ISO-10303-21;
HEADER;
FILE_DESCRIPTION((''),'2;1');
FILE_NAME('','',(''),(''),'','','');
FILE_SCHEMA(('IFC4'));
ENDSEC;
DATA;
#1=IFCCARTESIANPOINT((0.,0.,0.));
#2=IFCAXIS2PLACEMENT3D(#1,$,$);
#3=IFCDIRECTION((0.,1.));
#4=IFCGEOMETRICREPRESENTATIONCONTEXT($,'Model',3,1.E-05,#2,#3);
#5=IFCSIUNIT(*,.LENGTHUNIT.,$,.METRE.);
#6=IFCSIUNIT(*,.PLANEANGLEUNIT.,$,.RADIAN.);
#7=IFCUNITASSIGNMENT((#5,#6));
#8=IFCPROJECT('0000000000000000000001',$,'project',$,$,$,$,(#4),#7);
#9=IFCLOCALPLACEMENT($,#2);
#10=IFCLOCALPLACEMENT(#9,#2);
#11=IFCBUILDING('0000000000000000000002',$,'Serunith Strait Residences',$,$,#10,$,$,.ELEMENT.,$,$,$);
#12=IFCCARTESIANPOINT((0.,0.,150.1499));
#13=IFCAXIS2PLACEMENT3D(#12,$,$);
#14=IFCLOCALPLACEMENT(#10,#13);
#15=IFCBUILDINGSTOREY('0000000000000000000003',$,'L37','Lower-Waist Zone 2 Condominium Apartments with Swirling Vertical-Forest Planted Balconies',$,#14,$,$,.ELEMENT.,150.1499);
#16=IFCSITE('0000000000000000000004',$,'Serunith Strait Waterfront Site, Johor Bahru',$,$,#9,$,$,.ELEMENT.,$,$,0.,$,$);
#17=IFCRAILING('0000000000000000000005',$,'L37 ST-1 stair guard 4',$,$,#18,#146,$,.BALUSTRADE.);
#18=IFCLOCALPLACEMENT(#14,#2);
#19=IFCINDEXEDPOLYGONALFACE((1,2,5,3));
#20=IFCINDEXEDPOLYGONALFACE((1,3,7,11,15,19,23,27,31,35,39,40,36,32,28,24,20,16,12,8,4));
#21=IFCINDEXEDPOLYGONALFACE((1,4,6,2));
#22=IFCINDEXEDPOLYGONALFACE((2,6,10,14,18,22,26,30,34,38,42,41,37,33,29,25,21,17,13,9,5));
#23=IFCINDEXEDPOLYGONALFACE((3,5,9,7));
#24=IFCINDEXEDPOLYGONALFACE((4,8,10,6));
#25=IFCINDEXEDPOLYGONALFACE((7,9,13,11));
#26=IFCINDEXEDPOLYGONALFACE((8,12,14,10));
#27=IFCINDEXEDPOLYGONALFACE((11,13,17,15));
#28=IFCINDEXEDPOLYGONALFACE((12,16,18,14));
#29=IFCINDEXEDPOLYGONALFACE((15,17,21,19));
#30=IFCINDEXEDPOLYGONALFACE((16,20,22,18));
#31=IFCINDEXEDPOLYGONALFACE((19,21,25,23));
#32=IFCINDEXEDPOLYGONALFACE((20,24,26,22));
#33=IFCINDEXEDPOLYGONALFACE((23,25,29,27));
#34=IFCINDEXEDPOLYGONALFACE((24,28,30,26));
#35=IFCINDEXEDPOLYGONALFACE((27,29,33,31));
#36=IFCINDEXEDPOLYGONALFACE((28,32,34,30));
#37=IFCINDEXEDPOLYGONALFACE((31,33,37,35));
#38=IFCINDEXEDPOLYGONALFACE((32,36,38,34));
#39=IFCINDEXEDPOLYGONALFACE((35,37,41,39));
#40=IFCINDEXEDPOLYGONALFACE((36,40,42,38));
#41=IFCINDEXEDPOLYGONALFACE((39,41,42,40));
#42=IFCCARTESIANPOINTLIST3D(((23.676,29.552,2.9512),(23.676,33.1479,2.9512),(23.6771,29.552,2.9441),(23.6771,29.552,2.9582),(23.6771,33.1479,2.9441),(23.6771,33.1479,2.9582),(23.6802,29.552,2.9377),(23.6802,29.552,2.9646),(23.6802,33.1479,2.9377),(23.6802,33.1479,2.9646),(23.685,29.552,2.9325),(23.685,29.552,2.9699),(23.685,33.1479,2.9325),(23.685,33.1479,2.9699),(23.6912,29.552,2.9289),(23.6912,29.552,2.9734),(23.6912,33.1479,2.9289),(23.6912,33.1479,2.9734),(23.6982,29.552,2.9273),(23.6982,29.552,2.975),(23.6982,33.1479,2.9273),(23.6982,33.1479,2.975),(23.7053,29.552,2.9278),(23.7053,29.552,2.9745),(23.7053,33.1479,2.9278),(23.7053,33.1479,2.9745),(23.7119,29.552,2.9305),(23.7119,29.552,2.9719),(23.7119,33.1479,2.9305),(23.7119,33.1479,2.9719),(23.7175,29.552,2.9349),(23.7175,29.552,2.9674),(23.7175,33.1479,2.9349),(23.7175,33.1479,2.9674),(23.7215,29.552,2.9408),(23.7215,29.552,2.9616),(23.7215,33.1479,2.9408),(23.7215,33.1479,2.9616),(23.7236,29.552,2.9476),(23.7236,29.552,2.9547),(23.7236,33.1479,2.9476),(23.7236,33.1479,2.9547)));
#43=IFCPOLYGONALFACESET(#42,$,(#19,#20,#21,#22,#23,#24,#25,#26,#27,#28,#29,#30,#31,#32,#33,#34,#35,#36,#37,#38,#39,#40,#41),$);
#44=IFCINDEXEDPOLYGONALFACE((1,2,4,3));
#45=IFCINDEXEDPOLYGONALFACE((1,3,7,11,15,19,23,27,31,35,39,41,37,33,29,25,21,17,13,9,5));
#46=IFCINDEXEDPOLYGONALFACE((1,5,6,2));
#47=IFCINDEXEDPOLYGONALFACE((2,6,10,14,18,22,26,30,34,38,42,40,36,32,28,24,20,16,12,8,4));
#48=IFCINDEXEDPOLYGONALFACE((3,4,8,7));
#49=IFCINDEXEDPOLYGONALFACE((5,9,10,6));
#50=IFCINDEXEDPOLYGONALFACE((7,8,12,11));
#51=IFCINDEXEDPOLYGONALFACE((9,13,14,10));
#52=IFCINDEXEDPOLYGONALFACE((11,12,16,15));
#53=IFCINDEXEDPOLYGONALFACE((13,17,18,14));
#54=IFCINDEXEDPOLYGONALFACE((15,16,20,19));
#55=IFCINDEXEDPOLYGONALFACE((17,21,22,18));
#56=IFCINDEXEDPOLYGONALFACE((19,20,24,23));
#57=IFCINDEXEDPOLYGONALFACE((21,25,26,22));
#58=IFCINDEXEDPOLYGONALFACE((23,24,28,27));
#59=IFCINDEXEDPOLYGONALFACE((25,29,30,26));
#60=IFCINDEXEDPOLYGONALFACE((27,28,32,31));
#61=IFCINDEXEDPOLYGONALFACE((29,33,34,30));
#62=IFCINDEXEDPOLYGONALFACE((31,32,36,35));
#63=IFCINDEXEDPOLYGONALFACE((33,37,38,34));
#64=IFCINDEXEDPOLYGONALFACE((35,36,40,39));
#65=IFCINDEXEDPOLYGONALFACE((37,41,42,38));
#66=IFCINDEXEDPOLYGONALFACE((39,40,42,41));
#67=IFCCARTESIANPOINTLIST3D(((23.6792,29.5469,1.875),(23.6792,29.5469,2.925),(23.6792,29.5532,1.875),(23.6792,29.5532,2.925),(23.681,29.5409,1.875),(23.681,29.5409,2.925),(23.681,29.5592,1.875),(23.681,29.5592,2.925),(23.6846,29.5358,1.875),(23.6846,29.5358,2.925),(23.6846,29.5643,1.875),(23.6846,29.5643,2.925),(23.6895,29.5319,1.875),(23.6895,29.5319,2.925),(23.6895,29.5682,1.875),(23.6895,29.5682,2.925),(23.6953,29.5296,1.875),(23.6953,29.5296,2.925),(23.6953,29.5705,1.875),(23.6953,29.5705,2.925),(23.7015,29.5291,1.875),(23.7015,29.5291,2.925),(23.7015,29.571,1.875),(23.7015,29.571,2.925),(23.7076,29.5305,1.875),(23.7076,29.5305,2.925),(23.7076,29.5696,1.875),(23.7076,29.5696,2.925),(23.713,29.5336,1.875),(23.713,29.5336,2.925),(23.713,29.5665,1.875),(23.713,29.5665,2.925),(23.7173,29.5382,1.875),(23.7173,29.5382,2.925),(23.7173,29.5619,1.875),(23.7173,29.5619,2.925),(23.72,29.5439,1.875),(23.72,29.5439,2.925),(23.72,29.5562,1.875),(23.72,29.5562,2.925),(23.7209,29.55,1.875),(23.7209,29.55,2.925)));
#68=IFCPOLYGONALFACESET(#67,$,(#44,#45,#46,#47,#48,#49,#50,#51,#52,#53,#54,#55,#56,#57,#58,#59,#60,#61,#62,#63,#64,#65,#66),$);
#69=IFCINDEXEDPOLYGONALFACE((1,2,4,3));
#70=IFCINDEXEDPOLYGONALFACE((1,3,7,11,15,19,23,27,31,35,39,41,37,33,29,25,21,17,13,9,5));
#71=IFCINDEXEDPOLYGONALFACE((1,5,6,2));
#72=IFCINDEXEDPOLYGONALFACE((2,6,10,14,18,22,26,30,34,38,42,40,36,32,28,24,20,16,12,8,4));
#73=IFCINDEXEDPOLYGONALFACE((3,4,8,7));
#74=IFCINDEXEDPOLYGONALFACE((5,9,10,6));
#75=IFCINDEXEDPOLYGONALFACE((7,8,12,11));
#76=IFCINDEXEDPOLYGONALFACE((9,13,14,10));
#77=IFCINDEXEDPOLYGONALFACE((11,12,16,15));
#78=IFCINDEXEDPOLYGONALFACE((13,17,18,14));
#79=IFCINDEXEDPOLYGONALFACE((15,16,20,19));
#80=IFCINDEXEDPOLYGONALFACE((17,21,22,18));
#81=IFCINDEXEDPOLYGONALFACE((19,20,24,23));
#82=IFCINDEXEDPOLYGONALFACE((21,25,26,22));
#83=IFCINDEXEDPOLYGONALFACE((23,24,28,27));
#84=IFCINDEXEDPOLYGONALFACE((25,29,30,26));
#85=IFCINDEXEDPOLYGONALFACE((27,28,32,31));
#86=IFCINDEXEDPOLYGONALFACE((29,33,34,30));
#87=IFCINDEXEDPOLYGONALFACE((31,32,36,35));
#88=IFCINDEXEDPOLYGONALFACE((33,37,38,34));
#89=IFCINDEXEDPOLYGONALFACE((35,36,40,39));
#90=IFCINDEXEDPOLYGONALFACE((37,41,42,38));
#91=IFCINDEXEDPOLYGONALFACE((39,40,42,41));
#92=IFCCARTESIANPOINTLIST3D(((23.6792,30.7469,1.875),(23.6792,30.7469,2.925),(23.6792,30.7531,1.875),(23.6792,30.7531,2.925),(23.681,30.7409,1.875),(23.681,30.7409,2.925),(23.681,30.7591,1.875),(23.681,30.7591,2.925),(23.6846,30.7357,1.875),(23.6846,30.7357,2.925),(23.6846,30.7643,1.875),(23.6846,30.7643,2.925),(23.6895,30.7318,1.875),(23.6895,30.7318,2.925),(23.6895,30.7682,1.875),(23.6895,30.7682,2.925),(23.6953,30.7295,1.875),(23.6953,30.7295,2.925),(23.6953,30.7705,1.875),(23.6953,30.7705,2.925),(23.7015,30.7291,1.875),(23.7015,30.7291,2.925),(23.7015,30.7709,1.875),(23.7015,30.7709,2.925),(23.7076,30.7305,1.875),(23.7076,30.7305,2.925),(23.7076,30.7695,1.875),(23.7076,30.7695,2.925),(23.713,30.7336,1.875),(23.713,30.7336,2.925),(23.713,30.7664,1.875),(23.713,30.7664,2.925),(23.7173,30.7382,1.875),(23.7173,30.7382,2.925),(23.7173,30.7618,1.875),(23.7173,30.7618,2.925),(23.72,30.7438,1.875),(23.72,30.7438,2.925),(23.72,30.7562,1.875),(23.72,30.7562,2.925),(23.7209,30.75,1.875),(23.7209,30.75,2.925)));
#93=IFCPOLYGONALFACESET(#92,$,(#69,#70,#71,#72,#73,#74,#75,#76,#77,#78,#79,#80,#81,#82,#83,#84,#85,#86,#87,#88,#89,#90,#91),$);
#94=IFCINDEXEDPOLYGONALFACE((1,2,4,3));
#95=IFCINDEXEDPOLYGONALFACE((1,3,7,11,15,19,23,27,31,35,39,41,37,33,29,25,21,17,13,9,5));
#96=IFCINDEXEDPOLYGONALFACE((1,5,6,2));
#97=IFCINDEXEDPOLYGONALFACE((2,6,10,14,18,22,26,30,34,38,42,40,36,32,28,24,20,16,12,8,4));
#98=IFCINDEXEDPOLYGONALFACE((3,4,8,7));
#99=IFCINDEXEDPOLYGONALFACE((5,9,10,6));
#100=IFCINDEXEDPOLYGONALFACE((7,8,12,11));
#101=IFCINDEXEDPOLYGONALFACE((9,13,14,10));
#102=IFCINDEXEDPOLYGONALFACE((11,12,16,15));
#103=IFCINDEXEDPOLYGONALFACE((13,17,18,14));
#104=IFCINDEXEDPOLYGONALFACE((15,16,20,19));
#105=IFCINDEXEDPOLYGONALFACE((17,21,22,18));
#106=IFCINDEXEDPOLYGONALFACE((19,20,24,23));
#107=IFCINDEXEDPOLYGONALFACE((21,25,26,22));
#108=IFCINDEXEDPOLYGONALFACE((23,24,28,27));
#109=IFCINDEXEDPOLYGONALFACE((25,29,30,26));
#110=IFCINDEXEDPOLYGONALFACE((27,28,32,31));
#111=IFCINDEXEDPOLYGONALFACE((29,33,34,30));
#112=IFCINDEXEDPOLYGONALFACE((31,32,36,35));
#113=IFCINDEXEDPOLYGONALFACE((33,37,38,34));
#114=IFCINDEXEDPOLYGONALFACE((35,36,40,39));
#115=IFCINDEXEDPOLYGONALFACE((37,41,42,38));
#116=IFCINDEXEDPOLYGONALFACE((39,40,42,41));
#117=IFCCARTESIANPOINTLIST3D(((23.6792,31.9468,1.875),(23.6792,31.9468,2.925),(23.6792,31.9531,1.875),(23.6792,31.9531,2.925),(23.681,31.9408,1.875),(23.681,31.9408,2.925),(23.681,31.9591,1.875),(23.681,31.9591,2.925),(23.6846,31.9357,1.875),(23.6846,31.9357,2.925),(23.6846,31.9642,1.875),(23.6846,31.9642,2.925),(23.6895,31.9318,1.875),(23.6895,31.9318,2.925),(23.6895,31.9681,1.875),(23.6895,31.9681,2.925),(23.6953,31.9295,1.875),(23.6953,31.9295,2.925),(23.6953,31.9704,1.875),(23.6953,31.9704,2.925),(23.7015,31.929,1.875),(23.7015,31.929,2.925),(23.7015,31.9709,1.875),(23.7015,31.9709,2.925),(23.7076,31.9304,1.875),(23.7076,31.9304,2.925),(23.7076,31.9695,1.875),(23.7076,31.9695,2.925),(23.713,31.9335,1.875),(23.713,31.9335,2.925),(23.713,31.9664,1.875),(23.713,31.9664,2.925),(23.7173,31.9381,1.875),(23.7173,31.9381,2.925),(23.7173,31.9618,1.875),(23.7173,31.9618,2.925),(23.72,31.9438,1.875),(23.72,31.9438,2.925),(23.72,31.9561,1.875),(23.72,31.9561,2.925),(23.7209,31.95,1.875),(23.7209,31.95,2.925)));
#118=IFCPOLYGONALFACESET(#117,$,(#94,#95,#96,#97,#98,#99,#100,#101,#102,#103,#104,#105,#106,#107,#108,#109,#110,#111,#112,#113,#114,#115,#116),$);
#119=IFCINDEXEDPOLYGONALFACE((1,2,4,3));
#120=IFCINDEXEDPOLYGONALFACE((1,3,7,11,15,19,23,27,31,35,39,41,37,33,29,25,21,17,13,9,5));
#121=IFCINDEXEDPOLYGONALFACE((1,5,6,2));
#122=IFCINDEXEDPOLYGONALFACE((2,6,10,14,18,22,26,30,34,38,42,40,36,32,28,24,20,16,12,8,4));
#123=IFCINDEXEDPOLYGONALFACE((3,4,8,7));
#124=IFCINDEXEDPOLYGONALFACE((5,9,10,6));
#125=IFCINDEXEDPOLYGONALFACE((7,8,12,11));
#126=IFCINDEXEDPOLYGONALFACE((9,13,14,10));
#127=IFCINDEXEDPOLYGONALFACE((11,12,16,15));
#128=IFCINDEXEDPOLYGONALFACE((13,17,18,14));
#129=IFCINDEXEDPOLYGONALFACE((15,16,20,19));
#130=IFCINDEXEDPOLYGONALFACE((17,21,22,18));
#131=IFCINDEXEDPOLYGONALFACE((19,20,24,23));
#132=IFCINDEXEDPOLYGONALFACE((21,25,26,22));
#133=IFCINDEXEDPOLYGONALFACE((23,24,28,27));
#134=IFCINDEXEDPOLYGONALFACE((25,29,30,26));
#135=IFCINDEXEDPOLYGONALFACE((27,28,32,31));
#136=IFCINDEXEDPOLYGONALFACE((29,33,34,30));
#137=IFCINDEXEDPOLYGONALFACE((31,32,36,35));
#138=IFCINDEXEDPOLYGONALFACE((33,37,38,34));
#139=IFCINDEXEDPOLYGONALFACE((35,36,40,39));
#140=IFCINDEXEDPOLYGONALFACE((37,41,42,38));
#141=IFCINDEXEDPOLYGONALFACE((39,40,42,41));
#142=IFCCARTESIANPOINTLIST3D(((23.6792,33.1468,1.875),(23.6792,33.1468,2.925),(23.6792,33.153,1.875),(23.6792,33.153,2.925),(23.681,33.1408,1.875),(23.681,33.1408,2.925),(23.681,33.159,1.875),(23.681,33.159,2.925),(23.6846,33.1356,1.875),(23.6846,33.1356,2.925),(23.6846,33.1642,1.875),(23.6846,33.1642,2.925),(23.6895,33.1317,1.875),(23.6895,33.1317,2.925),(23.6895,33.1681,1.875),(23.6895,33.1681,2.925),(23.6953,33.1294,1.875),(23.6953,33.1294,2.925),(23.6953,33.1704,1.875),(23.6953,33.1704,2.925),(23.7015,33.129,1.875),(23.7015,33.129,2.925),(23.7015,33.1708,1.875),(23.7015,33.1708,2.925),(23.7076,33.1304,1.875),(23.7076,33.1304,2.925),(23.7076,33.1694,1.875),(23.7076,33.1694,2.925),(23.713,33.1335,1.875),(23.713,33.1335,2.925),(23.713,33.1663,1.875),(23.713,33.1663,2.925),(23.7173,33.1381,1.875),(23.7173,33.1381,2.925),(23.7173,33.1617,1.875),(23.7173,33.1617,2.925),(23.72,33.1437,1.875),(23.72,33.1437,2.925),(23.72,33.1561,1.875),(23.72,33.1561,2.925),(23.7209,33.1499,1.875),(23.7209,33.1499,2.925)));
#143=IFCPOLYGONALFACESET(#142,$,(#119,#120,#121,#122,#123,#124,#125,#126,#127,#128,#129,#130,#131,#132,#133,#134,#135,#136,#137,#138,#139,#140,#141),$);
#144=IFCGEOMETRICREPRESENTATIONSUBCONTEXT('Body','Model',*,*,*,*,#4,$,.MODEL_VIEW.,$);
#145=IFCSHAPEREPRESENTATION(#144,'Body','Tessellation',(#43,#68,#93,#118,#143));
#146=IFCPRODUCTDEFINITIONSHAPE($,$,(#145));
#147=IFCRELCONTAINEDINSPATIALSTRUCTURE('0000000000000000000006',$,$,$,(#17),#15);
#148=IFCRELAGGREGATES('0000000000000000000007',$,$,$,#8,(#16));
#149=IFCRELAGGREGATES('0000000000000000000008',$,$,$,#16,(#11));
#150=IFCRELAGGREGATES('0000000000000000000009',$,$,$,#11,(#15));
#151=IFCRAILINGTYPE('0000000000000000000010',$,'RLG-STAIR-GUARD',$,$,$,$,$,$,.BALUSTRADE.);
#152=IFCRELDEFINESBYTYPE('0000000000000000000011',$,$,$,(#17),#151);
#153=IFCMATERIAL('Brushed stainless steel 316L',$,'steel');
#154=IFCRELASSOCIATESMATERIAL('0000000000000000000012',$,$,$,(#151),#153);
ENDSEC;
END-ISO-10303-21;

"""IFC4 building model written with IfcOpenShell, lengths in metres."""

from ifc_helpers import new_model, si_unit, direction, frame, origin, origin_2d, place, context, subcontext, project, spatial, circle, extrude, material, type_object, element, save


model = new_model("IFC4")

# Units and contexts
model_context = context("Model", 3, precision=1e-05, world=origin(), true_north=direction((0.0, 1.0)))
body_context = subcontext(model_context, "Body", "Model", "MODEL_VIEW")
ifc_project = project(units=[si_unit("LENGTHUNIT", "METRE"), si_unit("PLANEANGLEUNIT", "RADIAN")], contexts=[model_context])

# Site, building, storey
site_placement = place(None, origin())
site = spatial("IfcSite", under=ifc_project, at=site_placement, Name="Serunith Strait Waterfront Site, Johor Bahru", CompositionType="ELEMENT", RefElevation=0.0)
building_placement = place(site_placement, origin())
building = spatial("IfcBuilding", under=site, at=building_placement, Name="Serunith Strait Residences", CompositionType="ELEMENT")
storey_placement = place(building_placement, frame((0.0, 0.0, 150.1499)))
storey = spatial("IfcBuildingStorey", under=building, at=storey_placement, Name="L37", Description="Lower-Waist Zone 2 Condominium Apartments with Swirling Vertical-Forest Planted Balconies", CompositionType="ELEMENT", Elevation=150.1499)

# Railing
ifc_material_1 = material(Name="Brushed stainless steel 316L", Category="steel")
railing_type_1 = type_object("IfcRailingType", Name="RLG-STAIR-GUARD", PredefinedType="BALUSTRADE", material=ifc_material_1)
for number, where, name in (
    (1, (23.7, 29.55, 1.875), "L37 ST-1 stair guard 4"),
):
    element("IfcRailing", number, at=place(storey_placement, frame(where)), inside=storey, type_object=railing_type_1, Name=name, PredefinedType="BALUSTRADE", context=body_context, shape_type="SweptSolid", body=[
        extrude(circle(Radius=0.0239, at=origin_2d()), frame((0.0, 0.002, 1.0762), z_axis=(0.0, 1.0, 0.0), x_axis=(-1.0, 0.0, 0.0)), (0.0, 0.0, 1.0), 3.5959),
        extrude(circle(Radius=0.021, at=origin_2d()), origin(), (0.0, 0.0, 1.0), 1.05),
        extrude(circle(Radius=0.021, at=origin_2d()), frame((0.0, 1.2, 0.0)), (0.0, 0.0, 1.0), 1.05),
        extrude(circle(Radius=0.021, at=origin_2d()), frame((0.0, 2.3999, 0.0)), (0.0, 0.0, 1.0), 1.05),
        extrude(circle(Radius=0.021, at=origin_2d()), frame((0.0, 3.5999, 0.0)), (0.0, 0.0, 1.0), 1.05),
    ])

save(model, "model.ifc")
